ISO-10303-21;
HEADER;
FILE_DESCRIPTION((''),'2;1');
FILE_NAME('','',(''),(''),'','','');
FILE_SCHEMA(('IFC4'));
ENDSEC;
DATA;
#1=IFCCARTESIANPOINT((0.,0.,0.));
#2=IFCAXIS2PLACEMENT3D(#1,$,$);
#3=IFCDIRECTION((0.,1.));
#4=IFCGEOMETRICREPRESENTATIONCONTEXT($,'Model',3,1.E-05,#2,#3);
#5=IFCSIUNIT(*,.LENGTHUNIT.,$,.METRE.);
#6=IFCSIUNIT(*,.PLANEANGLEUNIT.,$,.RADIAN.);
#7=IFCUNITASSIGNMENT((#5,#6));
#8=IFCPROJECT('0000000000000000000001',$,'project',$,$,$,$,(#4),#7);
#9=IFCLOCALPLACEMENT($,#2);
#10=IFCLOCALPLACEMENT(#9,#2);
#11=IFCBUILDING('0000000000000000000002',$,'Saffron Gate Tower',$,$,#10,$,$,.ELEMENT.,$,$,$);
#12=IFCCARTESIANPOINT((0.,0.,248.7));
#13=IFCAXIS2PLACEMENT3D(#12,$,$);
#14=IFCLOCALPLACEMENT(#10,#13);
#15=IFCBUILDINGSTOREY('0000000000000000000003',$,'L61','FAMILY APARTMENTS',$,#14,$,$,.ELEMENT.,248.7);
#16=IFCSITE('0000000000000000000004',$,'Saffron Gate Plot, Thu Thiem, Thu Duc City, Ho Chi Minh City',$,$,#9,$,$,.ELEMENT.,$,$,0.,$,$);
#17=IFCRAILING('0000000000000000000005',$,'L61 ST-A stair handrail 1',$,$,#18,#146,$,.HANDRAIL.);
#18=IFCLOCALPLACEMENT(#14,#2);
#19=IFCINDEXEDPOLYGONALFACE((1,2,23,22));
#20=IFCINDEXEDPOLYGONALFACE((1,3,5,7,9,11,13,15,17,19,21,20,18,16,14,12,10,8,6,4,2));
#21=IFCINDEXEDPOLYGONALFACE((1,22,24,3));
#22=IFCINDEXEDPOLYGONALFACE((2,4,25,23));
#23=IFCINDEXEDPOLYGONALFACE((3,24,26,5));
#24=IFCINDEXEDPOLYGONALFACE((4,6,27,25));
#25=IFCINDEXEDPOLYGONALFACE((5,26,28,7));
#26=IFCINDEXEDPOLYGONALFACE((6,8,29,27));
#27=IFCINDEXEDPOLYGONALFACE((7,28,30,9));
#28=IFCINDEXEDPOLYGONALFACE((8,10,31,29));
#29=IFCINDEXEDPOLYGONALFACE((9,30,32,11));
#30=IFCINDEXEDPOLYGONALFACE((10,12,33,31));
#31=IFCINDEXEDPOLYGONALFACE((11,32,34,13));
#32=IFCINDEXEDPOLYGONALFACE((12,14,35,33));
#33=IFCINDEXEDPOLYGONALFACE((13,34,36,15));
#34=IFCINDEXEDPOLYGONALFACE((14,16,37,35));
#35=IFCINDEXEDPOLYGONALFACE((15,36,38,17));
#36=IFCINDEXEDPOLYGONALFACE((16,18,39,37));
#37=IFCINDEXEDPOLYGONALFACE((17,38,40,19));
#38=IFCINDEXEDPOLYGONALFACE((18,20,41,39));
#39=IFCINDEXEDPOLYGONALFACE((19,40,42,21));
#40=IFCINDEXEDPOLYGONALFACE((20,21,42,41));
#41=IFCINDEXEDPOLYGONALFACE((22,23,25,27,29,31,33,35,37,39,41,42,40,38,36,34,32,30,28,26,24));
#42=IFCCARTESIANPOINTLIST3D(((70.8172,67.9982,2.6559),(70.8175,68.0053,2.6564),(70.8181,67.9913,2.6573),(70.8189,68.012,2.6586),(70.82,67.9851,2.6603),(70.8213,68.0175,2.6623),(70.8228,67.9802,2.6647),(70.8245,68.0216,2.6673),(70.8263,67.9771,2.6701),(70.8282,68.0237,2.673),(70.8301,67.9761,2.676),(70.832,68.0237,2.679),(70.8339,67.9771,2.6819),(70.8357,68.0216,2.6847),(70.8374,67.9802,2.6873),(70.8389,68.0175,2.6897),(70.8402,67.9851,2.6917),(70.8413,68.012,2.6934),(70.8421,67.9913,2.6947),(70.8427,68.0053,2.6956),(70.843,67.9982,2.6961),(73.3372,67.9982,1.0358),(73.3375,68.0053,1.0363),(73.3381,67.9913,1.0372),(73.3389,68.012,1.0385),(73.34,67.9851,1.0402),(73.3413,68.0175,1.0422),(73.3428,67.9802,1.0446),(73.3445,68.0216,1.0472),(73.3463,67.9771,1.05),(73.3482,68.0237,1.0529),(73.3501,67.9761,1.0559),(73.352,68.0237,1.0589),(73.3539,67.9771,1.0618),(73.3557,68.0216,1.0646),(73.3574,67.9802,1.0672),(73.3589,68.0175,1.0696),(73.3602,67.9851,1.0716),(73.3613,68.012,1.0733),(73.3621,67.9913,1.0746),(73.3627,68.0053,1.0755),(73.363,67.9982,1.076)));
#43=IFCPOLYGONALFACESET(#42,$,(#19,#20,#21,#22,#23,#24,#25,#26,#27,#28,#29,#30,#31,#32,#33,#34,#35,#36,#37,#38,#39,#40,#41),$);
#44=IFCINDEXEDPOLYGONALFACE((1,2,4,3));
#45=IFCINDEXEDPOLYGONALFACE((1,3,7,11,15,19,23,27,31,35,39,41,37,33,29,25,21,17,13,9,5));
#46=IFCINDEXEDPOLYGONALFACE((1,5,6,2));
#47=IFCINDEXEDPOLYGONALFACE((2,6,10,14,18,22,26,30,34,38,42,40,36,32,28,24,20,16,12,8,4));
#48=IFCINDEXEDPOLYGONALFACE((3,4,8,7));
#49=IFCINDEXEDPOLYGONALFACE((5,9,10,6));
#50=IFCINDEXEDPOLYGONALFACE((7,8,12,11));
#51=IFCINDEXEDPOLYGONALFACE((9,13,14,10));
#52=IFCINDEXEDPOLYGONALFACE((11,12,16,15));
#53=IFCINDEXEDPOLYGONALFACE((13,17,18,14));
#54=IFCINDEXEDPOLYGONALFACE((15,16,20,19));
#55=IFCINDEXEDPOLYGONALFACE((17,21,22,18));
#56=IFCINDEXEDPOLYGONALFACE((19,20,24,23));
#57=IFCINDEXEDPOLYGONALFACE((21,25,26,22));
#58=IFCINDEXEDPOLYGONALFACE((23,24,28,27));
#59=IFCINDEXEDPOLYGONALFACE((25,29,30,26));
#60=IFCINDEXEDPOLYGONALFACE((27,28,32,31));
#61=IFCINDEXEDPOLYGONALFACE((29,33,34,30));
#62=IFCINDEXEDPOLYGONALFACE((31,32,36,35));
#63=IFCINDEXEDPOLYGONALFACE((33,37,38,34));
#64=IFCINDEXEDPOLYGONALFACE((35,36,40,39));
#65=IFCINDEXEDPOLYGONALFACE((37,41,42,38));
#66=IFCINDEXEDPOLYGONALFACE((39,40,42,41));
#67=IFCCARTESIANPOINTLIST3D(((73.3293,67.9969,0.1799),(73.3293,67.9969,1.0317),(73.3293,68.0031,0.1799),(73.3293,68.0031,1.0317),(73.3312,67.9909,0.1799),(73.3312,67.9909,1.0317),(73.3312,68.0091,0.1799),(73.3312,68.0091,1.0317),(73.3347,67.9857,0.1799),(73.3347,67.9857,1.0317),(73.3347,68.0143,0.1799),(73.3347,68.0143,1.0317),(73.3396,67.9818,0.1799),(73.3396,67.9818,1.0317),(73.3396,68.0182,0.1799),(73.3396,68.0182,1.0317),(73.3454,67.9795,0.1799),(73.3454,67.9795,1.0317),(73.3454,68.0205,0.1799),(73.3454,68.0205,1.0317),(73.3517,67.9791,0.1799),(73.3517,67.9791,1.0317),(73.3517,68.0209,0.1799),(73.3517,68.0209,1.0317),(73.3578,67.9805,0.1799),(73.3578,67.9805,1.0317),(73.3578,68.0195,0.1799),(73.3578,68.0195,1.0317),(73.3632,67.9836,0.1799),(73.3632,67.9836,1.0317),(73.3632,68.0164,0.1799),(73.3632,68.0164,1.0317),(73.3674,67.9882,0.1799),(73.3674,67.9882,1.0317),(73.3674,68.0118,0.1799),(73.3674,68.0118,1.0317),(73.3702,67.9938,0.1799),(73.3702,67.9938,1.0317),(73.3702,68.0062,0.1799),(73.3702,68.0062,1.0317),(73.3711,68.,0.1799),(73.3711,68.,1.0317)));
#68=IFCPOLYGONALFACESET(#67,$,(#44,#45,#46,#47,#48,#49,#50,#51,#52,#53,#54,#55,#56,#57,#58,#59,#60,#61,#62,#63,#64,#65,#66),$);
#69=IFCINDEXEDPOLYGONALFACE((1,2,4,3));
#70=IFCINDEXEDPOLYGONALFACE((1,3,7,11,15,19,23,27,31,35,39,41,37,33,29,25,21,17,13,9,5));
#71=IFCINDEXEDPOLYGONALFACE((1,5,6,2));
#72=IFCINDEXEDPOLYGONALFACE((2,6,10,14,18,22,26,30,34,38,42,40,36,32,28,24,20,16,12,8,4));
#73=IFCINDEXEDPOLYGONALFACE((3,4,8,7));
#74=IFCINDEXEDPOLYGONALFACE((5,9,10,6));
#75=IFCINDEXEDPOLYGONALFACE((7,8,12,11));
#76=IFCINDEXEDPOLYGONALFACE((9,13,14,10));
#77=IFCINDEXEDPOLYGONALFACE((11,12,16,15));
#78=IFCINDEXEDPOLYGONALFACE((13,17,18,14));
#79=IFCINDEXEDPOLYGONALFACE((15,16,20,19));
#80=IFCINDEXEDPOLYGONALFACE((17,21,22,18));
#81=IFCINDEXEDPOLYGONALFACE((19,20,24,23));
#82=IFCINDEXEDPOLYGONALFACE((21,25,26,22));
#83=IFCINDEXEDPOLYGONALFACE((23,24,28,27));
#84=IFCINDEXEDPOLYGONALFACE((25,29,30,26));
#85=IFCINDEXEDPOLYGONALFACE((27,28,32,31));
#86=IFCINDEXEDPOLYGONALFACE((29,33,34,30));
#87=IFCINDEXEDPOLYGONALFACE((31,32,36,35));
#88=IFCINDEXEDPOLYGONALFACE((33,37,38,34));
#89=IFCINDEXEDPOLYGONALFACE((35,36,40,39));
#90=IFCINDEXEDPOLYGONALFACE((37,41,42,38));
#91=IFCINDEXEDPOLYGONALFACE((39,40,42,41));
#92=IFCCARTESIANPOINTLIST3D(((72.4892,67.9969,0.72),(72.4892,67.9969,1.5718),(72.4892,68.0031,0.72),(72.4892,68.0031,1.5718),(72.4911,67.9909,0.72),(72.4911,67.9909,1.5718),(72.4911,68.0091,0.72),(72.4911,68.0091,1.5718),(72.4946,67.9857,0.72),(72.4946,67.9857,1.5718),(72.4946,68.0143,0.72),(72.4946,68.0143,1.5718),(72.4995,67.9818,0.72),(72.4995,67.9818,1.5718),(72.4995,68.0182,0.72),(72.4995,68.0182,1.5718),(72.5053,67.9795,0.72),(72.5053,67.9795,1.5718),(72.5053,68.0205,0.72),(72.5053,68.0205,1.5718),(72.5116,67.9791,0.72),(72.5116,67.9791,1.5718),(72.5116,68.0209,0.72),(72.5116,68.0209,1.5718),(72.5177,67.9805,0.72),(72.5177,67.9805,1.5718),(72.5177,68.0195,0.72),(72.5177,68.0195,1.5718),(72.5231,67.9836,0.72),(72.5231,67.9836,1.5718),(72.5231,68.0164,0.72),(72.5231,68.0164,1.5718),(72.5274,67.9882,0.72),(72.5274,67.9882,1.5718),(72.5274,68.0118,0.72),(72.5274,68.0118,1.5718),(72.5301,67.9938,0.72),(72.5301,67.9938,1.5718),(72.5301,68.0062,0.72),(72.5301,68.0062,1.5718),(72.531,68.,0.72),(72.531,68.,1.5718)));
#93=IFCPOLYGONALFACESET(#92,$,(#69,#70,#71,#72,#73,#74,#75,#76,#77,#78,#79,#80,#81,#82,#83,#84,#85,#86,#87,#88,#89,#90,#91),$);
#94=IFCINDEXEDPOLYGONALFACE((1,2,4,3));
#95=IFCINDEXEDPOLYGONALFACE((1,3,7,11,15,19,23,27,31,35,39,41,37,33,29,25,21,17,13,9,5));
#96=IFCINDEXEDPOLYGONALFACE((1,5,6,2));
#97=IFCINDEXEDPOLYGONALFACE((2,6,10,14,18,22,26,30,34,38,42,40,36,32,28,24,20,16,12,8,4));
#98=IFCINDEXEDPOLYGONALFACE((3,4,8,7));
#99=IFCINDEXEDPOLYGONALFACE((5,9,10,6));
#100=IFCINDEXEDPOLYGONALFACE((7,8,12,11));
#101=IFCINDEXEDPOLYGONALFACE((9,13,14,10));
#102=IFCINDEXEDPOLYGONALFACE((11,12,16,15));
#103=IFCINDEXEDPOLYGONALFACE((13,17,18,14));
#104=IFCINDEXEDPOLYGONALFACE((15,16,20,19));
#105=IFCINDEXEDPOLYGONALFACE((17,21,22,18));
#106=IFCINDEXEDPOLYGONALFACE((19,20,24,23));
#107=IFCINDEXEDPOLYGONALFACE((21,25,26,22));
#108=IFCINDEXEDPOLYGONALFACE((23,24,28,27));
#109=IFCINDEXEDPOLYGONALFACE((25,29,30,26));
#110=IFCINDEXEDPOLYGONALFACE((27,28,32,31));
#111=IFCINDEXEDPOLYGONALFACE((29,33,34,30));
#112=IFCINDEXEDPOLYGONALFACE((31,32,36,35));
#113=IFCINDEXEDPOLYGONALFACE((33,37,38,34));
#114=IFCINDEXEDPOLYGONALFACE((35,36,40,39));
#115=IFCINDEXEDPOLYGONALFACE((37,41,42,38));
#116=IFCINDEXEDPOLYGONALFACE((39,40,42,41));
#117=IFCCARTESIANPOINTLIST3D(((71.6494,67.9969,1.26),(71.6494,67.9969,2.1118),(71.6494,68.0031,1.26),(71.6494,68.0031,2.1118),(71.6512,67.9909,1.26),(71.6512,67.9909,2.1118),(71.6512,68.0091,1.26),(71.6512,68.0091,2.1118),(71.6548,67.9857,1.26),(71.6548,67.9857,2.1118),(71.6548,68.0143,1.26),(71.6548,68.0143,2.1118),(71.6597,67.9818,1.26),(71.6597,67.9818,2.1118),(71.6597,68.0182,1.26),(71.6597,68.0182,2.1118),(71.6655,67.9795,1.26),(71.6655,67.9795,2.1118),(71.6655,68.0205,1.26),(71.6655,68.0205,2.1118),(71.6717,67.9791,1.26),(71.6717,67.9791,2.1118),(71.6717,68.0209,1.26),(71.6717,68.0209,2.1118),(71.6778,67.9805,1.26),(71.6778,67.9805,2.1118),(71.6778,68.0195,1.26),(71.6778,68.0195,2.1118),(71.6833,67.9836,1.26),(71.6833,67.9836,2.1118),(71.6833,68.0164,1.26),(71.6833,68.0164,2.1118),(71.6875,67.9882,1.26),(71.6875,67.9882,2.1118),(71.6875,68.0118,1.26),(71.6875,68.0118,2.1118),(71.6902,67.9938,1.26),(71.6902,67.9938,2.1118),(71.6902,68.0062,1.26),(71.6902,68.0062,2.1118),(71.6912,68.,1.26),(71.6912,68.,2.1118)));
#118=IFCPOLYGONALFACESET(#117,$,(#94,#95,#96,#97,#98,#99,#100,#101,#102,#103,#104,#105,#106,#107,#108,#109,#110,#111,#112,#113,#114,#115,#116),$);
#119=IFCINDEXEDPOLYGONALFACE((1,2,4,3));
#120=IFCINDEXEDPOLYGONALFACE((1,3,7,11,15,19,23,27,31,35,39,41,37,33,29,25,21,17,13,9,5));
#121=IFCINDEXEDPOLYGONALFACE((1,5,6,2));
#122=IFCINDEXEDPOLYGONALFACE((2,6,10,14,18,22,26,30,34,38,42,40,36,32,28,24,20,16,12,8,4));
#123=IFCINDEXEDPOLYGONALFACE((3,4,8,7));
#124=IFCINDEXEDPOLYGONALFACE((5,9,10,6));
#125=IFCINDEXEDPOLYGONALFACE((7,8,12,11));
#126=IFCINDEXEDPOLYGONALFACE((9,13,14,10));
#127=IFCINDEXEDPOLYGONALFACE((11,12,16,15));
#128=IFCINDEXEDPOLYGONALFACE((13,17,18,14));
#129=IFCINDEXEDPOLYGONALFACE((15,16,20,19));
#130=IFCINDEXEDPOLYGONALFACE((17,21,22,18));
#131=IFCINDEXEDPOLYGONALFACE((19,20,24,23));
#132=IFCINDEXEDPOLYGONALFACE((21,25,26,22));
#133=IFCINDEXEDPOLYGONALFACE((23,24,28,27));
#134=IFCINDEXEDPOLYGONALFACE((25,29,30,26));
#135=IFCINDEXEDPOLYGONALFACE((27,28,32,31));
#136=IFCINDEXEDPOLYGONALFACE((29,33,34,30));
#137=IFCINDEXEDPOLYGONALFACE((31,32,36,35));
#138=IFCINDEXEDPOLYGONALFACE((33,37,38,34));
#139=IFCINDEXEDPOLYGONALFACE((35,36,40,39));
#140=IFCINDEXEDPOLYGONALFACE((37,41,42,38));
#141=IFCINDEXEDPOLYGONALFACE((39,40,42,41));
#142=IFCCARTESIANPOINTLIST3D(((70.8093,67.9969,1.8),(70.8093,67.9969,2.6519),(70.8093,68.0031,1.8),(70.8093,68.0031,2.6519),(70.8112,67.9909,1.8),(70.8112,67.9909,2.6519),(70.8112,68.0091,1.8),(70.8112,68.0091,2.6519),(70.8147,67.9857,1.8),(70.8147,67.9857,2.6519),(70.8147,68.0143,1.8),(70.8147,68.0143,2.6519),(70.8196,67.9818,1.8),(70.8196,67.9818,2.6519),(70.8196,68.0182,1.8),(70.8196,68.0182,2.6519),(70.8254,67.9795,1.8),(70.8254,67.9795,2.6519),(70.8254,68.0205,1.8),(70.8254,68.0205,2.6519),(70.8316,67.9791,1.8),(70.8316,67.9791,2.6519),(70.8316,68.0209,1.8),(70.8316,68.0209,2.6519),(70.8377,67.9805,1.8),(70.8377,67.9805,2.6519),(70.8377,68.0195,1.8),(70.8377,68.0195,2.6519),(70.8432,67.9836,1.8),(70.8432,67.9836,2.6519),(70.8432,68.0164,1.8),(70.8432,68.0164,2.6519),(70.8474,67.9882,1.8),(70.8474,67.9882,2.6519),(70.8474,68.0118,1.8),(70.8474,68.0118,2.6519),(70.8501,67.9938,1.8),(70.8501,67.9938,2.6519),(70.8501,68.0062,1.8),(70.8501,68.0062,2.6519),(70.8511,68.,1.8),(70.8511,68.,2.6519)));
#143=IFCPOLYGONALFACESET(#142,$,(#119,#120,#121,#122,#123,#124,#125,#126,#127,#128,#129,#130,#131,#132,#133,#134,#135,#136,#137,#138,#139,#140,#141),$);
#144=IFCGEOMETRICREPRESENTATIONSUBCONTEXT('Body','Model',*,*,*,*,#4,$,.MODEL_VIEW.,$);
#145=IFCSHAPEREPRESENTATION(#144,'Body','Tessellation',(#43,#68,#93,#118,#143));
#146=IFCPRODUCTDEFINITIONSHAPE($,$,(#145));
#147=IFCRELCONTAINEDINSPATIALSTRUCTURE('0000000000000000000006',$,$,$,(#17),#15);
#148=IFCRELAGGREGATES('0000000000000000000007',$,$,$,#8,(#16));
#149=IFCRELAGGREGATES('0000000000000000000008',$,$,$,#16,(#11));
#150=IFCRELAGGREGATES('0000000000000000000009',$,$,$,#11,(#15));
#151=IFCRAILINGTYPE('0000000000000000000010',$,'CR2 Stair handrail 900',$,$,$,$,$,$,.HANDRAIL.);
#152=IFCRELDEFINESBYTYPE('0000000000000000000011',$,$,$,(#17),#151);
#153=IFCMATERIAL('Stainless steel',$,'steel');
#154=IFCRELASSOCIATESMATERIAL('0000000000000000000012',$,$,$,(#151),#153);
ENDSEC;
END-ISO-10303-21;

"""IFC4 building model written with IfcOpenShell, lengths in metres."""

from ifc_helpers import new_model, si_unit, direction, frame, origin, origin_2d, place, context, subcontext, project, spatial, circle, extrude, material, type_object, element, save


model = new_model("IFC4")

# Units and contexts
model_context = context("Model", 3, precision=1e-05, world=origin(), true_north=direction((0.0, 1.0)))
body_context = subcontext(model_context, "Body", "Model", "MODEL_VIEW")
ifc_project = project(units=[si_unit("LENGTHUNIT", "METRE"), si_unit("PLANEANGLEUNIT", "RADIAN")], contexts=[model_context])

# Site, building, storey
site_placement = place(None, origin())
site = spatial("IfcSite", under=ifc_project, at=site_placement, Name="Saffron Gate Plot, Thu Thiem, Thu Duc City, Ho Chi Minh City", CompositionType="ELEMENT", RefElevation=0.0)
building_placement = place(site_placement, origin())
building = spatial("IfcBuilding", under=site, at=building_placement, Name="Saffron Gate Tower", CompositionType="ELEMENT")
storey_placement = place(building_placement, frame((0.0, 0.0, 248.7)))
storey = spatial("IfcBuildingStorey", under=building, at=storey_placement, Name="L61", Description="FAMILY APARTMENTS", CompositionType="ELEMENT", Elevation=248.7)

# Railing
ifc_material_1 = material(Name="Stainless steel", Category="steel")
railing_type_1 = type_object("IfcRailingType", Name="CR2 Stair handrail 900", PredefinedType="HANDRAIL", material=ifc_material_1)
railing_1_placement = place(storey_placement, frame((73.3501, 68.0, 0.1799)))
element("IfcRailing", 1, at=railing_1_placement, inside=storey, type_object=railing_type_1, Name="L61 ST-A stair handrail 1", PredefinedType="HANDRAIL", context=body_context, shape_type="SweptSolid", body=[
    extrude(circle(Radius=0.0239, at=origin_2d()), frame((0.0, 0.0, 0.876), z_axis=(-0.841163, 0.0, 0.540782), x_axis=(0.0, -1.0, 0.0)), (0.0, 0.0, 1.0), 2.9958),
    extrude(circle(Radius=0.021, at=origin_2d()), origin(), (0.0, 0.0, 1.0), 0.8518),
    extrude(circle(Radius=0.021, at=origin_2d()), frame((-0.8401, 0.0, 0.54)), (0.0, 0.0, 1.0), 0.8518),
    extrude(circle(Radius=0.021, at=origin_2d()), frame((-1.6799, 0.0, 1.0801)), (0.0, 0.0, 1.0), 0.8518),
    extrude(circle(Radius=0.021, at=origin_2d()), frame((-2.52, 0.0, 1.6201)), (0.0, 0.0, 1.0), 0.8518),
])

save(model, "model.ifc")
